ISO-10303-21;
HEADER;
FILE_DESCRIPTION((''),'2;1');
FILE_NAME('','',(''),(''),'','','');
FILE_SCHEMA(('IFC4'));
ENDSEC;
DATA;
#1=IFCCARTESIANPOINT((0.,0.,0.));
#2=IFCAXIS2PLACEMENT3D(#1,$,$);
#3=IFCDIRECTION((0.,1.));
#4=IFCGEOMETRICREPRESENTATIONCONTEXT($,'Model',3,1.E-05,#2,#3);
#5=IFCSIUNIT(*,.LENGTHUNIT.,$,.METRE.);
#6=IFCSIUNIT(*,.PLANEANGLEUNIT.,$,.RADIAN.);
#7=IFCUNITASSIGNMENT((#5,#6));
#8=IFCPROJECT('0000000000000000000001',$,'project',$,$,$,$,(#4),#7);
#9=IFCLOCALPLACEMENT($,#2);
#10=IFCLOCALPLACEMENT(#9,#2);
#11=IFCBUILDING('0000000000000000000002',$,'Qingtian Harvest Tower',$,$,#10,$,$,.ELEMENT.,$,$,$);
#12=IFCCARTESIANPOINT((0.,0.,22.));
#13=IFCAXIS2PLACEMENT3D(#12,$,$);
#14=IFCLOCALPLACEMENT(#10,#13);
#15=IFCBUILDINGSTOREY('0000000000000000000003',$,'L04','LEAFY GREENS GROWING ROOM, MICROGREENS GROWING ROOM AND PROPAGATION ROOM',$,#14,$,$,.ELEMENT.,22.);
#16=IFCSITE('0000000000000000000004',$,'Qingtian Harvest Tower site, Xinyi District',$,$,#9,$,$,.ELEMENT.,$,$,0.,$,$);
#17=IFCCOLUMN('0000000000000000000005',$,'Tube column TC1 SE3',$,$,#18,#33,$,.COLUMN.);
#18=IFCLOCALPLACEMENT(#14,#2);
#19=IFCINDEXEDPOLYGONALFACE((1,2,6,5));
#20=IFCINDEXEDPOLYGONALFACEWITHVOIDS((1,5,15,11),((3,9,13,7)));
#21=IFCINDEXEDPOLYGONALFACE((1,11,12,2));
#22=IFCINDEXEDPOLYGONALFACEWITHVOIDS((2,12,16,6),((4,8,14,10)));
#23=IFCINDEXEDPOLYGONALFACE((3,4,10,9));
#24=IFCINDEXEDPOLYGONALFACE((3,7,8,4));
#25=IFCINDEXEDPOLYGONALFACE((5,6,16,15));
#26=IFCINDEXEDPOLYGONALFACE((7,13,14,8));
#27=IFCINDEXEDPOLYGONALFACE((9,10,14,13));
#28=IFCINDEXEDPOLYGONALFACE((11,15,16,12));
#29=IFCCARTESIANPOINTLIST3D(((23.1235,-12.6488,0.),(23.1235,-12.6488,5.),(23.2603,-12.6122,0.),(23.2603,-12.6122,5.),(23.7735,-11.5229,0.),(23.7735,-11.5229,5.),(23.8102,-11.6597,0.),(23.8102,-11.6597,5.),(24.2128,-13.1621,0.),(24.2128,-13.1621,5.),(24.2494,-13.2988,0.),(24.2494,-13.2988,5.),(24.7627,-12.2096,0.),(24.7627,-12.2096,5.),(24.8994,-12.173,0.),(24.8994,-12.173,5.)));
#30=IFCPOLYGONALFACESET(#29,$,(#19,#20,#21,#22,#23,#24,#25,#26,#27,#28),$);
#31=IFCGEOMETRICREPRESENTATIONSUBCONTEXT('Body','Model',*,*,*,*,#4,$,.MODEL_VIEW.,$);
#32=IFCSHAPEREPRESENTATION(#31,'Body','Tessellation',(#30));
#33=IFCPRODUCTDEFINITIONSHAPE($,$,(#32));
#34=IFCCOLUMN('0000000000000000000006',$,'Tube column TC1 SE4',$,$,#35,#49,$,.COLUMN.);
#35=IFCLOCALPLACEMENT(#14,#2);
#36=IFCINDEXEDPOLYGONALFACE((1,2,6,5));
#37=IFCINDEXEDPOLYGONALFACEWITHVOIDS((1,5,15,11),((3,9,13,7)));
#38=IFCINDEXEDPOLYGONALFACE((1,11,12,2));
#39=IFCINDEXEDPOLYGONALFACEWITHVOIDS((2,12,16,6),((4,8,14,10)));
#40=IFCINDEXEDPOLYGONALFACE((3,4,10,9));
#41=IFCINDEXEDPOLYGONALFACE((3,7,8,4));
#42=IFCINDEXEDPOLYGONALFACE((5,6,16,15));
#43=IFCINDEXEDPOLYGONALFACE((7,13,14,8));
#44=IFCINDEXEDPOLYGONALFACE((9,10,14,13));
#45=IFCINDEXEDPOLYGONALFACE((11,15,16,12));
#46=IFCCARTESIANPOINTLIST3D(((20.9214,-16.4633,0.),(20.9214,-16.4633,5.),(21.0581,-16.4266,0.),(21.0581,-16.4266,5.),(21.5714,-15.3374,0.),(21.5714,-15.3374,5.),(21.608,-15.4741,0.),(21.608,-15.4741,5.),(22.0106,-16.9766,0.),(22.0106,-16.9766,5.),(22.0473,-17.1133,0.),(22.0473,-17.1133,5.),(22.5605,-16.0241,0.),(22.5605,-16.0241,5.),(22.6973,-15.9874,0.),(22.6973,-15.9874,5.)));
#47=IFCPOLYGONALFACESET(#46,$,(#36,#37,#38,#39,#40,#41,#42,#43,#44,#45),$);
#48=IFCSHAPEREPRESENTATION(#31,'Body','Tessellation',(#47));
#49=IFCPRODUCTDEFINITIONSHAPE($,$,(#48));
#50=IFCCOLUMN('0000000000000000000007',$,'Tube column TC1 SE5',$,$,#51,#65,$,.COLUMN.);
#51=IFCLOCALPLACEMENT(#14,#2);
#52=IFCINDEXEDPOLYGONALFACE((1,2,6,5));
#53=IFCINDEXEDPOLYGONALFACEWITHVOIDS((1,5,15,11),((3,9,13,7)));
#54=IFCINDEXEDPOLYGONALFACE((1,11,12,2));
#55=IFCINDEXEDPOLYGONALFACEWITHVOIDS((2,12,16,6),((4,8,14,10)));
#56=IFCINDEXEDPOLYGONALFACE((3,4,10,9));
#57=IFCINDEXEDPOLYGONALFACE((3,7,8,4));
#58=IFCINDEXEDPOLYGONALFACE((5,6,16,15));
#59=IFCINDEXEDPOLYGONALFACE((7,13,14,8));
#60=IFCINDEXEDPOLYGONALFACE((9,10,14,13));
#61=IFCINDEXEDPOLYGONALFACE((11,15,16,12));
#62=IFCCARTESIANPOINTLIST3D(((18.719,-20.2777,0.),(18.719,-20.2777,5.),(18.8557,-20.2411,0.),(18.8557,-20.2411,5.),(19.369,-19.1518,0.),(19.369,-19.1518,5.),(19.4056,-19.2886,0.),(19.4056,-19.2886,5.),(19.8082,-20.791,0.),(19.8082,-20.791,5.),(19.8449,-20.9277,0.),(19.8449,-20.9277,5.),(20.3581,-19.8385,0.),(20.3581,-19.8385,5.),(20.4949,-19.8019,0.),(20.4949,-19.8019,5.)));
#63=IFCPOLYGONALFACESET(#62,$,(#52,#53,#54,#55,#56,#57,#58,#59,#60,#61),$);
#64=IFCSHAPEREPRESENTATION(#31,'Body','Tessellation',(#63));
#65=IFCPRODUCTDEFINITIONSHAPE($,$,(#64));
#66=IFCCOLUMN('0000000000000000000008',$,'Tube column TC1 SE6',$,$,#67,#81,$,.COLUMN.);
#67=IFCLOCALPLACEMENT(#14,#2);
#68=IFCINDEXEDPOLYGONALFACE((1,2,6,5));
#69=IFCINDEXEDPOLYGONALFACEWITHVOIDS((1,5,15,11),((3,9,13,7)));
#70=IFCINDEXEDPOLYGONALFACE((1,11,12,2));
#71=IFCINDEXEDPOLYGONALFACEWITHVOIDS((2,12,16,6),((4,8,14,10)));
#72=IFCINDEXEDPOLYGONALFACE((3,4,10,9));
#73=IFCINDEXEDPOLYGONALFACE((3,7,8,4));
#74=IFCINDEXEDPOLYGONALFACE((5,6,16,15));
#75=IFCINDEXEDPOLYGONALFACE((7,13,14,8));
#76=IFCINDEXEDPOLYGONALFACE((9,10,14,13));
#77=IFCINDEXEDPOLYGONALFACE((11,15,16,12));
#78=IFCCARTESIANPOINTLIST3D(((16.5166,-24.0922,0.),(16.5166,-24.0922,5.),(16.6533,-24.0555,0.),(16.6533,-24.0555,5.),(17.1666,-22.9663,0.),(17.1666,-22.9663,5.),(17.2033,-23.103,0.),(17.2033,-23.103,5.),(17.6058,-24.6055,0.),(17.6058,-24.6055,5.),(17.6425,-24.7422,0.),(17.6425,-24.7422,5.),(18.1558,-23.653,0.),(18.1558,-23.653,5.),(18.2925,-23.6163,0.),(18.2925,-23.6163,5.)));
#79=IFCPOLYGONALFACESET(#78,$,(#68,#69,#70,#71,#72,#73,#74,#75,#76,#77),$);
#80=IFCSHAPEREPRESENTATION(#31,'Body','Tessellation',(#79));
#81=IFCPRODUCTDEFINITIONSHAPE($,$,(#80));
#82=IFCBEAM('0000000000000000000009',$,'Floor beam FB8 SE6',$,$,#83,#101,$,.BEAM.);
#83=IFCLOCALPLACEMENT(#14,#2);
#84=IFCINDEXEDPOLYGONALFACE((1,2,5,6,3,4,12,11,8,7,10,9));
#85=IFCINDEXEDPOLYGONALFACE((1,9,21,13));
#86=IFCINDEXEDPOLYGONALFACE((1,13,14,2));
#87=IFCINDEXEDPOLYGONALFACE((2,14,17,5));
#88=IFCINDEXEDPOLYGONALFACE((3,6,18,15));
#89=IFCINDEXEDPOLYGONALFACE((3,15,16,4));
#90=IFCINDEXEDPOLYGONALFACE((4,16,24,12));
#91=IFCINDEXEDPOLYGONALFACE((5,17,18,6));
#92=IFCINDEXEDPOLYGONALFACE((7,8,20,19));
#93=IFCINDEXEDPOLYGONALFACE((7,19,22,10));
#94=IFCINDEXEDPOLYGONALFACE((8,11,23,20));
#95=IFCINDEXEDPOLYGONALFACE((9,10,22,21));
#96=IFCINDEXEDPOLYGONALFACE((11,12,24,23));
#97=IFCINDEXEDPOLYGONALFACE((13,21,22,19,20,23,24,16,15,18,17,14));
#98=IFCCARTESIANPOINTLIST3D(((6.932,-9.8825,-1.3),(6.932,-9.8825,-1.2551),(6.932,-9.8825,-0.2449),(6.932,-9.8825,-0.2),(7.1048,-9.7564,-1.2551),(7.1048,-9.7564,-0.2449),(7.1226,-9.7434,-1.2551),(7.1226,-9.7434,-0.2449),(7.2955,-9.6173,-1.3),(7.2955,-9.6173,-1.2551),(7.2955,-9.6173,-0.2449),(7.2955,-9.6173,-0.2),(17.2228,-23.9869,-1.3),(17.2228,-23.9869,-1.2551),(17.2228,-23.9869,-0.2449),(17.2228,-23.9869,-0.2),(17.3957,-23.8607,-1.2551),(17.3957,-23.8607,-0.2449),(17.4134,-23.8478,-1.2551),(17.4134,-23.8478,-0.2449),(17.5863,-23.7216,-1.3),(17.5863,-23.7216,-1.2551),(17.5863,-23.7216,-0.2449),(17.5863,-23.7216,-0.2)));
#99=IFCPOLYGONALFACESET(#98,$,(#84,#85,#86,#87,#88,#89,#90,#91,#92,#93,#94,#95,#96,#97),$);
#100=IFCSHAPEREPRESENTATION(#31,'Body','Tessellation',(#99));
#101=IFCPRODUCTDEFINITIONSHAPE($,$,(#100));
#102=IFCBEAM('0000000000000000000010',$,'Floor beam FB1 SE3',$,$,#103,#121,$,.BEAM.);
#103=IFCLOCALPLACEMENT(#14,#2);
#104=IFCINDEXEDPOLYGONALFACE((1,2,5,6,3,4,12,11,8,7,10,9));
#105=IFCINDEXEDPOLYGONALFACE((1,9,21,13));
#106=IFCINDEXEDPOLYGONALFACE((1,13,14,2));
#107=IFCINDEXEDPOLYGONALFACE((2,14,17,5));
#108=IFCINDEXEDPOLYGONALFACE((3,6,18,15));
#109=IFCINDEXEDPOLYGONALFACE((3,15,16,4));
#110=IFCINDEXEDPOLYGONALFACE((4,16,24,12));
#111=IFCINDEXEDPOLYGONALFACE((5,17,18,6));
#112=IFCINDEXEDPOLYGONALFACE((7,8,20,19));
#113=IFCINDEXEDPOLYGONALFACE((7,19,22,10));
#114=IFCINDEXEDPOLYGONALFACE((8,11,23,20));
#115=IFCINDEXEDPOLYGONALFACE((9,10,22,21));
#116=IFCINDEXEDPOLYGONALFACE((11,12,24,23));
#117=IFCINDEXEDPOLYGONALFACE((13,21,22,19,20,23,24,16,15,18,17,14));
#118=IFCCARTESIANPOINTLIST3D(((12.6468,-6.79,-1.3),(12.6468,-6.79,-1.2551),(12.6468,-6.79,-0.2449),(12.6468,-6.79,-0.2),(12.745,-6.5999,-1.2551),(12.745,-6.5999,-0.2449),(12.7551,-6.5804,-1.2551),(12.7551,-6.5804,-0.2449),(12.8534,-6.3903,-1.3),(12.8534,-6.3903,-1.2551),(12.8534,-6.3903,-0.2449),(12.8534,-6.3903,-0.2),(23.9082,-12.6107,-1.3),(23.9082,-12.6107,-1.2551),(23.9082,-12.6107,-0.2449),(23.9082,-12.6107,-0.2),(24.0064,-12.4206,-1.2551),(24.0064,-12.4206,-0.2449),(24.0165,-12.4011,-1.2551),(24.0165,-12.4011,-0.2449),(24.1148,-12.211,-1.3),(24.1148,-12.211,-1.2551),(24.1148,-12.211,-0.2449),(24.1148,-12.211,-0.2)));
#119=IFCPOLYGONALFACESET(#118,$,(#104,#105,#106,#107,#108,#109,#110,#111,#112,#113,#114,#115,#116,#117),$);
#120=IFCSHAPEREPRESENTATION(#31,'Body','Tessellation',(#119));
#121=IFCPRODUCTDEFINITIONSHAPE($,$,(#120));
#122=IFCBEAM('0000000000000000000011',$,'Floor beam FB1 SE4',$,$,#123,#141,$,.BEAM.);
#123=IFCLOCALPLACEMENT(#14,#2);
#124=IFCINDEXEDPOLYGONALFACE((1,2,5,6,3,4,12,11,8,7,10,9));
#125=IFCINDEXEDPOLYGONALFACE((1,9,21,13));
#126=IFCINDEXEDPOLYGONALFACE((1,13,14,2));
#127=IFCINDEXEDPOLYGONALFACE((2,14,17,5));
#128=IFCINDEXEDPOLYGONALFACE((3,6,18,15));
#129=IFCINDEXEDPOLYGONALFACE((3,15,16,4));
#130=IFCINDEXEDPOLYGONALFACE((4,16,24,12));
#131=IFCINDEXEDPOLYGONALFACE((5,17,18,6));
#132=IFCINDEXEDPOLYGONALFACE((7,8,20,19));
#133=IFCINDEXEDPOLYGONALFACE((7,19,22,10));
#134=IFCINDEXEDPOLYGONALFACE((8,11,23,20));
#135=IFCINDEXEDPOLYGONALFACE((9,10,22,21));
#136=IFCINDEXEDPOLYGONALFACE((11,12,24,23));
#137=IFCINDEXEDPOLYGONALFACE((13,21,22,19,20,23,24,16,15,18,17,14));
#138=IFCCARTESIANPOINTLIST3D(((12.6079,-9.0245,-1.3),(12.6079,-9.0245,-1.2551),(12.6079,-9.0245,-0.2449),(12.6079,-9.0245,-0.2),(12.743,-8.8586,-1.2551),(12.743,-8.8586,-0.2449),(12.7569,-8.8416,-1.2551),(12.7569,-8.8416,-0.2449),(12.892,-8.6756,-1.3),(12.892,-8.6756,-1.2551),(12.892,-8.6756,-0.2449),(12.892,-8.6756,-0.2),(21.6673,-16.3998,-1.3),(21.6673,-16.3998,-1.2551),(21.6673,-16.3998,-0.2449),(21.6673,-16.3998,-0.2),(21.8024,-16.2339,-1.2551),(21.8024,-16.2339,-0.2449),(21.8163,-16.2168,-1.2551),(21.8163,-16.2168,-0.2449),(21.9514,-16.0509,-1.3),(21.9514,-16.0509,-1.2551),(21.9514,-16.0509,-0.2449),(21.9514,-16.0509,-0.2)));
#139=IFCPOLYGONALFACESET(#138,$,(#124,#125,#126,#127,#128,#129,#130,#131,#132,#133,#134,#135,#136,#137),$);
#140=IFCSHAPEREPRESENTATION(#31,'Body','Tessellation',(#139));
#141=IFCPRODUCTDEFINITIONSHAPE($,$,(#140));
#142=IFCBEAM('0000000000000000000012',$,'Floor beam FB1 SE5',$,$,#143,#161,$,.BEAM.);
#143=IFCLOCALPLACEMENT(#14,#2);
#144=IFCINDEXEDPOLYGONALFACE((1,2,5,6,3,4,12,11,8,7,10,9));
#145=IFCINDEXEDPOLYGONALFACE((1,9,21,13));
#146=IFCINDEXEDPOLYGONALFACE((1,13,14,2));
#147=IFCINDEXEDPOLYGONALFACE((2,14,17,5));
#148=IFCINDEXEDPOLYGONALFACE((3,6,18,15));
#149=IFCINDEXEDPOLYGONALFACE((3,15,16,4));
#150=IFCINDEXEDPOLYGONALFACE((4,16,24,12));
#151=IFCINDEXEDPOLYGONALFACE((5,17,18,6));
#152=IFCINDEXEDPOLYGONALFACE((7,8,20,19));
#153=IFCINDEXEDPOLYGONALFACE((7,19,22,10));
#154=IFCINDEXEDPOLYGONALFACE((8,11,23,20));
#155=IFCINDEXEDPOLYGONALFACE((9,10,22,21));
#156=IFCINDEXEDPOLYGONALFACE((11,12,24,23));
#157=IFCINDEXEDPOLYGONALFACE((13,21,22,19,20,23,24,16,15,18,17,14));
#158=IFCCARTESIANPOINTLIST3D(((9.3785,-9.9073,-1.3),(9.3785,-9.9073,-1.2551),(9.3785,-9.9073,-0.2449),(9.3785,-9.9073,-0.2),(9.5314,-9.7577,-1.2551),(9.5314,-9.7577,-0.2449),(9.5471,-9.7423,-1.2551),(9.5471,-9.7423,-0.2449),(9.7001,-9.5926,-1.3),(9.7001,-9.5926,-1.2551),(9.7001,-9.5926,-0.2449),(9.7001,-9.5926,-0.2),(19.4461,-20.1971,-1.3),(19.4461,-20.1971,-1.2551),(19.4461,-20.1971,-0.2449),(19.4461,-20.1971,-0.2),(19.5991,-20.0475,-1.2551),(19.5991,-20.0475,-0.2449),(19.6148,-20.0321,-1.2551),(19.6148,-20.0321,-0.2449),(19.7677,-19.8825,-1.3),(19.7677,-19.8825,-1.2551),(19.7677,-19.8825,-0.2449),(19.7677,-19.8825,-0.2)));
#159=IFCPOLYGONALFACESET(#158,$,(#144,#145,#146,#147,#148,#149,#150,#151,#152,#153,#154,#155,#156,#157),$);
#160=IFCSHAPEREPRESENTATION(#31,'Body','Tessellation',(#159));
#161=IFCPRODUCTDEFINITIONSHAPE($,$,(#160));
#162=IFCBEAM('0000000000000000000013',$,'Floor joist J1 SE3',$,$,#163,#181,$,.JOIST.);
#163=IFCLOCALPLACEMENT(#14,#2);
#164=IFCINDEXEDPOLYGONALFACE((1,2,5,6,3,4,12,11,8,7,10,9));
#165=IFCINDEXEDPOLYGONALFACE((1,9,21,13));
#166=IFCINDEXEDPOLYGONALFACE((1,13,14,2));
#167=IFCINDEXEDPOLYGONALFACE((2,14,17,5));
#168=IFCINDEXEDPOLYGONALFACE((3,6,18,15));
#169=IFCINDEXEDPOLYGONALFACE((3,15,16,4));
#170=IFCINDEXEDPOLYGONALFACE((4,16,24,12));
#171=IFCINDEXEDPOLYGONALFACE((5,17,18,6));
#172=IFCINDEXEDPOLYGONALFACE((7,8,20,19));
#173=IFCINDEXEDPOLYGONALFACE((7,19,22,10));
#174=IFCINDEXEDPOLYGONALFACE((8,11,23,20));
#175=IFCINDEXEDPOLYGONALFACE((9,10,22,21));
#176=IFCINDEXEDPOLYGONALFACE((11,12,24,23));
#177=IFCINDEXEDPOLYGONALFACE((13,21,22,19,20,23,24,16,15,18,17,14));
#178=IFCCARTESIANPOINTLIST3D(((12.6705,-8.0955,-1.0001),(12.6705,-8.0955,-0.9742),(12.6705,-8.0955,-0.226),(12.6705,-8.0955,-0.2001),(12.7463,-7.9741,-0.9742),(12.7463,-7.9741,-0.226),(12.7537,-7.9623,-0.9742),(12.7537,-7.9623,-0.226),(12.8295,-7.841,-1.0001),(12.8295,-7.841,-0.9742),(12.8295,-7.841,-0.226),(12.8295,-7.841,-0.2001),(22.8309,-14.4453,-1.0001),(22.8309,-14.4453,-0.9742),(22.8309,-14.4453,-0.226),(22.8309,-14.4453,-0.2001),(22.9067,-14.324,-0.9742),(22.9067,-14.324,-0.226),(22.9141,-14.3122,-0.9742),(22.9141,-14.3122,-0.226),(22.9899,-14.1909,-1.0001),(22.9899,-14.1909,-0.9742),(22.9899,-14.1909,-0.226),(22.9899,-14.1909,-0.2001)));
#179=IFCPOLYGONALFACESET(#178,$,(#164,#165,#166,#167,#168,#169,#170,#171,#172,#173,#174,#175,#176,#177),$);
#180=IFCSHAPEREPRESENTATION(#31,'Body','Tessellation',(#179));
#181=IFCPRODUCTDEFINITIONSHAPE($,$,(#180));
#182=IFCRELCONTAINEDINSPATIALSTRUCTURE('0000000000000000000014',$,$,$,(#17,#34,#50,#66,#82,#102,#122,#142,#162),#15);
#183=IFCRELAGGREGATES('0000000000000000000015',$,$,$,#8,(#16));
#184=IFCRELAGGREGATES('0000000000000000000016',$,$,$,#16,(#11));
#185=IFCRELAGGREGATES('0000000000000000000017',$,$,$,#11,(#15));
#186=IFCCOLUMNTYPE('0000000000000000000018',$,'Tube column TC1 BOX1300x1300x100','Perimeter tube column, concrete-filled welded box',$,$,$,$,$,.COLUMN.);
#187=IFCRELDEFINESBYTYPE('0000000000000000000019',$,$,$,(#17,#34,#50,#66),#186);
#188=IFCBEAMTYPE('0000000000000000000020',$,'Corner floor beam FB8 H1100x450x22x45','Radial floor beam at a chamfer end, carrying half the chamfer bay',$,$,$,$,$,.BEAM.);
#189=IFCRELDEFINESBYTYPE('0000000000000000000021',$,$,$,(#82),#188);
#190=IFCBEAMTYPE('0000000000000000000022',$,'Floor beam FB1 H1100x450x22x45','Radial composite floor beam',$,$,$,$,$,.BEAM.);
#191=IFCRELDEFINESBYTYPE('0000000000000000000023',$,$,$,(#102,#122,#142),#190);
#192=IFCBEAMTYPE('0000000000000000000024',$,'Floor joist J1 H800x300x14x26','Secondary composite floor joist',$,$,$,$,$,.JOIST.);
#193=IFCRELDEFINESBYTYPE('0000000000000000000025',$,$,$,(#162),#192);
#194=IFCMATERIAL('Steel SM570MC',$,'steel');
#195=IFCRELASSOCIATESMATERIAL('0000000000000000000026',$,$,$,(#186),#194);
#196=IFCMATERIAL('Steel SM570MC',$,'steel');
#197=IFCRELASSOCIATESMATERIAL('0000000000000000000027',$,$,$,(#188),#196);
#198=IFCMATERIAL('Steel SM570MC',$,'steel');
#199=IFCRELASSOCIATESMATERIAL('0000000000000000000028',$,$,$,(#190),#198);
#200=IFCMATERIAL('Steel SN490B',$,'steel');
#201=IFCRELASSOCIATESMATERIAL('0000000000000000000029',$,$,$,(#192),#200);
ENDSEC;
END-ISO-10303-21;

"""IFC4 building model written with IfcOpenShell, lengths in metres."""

from ifc_helpers import new_model, si_unit, direction, frame, origin, origin_2d, place, context, subcontext, project, spatial, hollow_rectangle, i_section, extrude, material, material_profile, profile_set, type_object, element, save


model = new_model("IFC4")

# Units and contexts
model_context = context("Model", 3, precision=1e-05, world=origin(), true_north=direction((0.0, 1.0)))
body_context = subcontext(model_context, "Body", "Model", "MODEL_VIEW")
ifc_project = project(units=[si_unit("LENGTHUNIT", "METRE"), si_unit("PLANEANGLEUNIT", "RADIAN")], contexts=[model_context])

# Site, building, storey
site_placement = place(None, origin())
site = spatial("IfcSite", under=ifc_project, at=site_placement, Name="Qingtian Harvest Tower site, Xinyi District", CompositionType="ELEMENT", RefElevation=0.0)
building_placement = place(site_placement, origin())
building = spatial("IfcBuilding", under=site, at=building_placement, Name="Qingtian Harvest Tower", CompositionType="ELEMENT")
storey_placement = place(building_placement, frame((0.0, 0.0, 22.0)))
storey = spatial("IfcBuildingStorey", under=building, at=storey_placement, Name="L04", Description="LEAFY GREENS GROWING ROOM, MICROGREENS GROWING ROOM AND PROPAGATION ROOM", CompositionType="ELEMENT", Elevation=22.0)

# Columns
ifc_material_1 = material(Name="Steel SM570MC", Category="steel")
ifc_material_profile_1 = material_profile(ifc_material_1, hollow_rectangle(XDim=1.3, YDim=1.3, WallThickness=0.1001, at=origin_2d()), Name="BOX1300x1300x100")
ifc_profile_set_1 = profile_set([ifc_material_profile_1], Name="Steel SM570MC")
column_type = type_object("IfcColumnType", Name="Tube column TC1 BOX1300x1300x100", Description="Perimeter tube column, concrete-filled welded box", PredefinedType="COLUMN", material=ifc_profile_set_1)
for number, where, z_axis, x_axis, name in (
    (1, (24.0115, -12.4109, 0.0), (0.0, 0.0, 1.0), (0.5, 0.866025, 0.0), "Tube column TC1 SE3"),
    (2, (21.8093, -16.2253, 0.0), (0.0, 0.0, 1.0), (0.5, 0.866025, 0.0), "Tube column TC1 SE4"),
    (3, (19.6069, -20.0398, 0.0), (0.0, 0.0, 1.0), (0.5, 0.866025, 0.0), "Tube column TC1 SE5"),
    (4, (17.4045, -23.8542, 0.0), (0.0, 0.0, 1.0), (0.5, 0.866025, 0.0), "Tube column TC1 SE6"),
):
    element("IfcColumn", number, at=place(storey_placement, frame(where, z_axis=z_axis, x_axis=x_axis)), inside=storey, type_object=column_type, Name=name, PredefinedType="COLUMN", context=body_context, shape_type="SweptSolid", body=[
        extrude(hollow_rectangle(XDim=1.3, YDim=1.3, WallThickness=0.1001, at=origin_2d()), origin(), (0.0, 0.0, 1.0), 5.0),
    ])

# Beams
ifc_material_2 = material(Name="Steel SM570MC", Category="steel")
ifc_material_profile_2 = material_profile(ifc_material_2, i_section(OverallWidth=0.45, OverallDepth=1.1001, WebThickness=0.022, FlangeThickness=0.0449, at=origin_2d()), Name="H1100x450x22x45")
ifc_profile_set_2 = profile_set([ifc_material_profile_2], Name="Steel SM570MC")
beam_type_1 = type_object("IfcBeamType", Name="Corner floor beam FB8 H1100x450x22x45", Description="Radial floor beam at a chamfer end, carrying half the chamfer bay", PredefinedType="BEAM", material=ifc_profile_set_2)
beam_1_placement = place(storey_placement, frame((17.4045, -23.8542, -0.75), z_axis=(-0.589412, 0.807832, 0.0), x_axis=(-0.807832, -0.589412, 0.0)))
element("IfcBeam", 5, at=beam_1_placement, inside=storey, type_object=beam_type_1, Name="Floor beam FB8 SE6", PredefinedType="BEAM", context=body_context, shape_type="SweptSolid", body=[
    extrude(i_section(OverallWidth=0.45, OverallDepth=1.1001, WebThickness=0.022, FlangeThickness=0.0449, at=origin_2d()), origin(), (0.0, 0.0, 1.0), 17.4595),
])
ifc_material_3 = material(Name="Steel SM570MC", Category="steel")
ifc_material_profile_3 = material_profile(ifc_material_3, i_section(OverallWidth=0.45, OverallDepth=1.1001, WebThickness=0.022, FlangeThickness=0.0449, at=origin_2d()), Name="H1100x450x22x45")
ifc_profile_set_3 = profile_set([ifc_material_profile_3], Name="Steel SM570MC")
beam_type_2 = type_object("IfcBeamType", Name="Floor beam FB1 H1100x450x22x45", Description="Radial composite floor beam", PredefinedType="BEAM", material=ifc_profile_set_3)
beam_2_placement = place(storey_placement, frame((24.0115, -12.4109, -0.75), z_axis=(-0.88835, 0.459168, 0.0), x_axis=(-0.459168, -0.88835, 0.0)))
element("IfcBeam", 6, at=beam_2_placement, inside=storey, type_object=beam_type_2, Name="Floor beam FB1 SE3", PredefinedType="BEAM", context=body_context, shape_type="SweptSolid", body=[
    extrude(i_section(OverallWidth=0.45, OverallDepth=1.1001, WebThickness=0.022, FlangeThickness=0.0449, at=origin_2d()), origin(), (0.0, 0.0, 1.0), 12.6768),
])
beam_3_placement = place(storey_placement, frame((21.8093, -16.2253, -0.75), z_axis=(-0.775504, 0.631342, 0.0), x_axis=(-0.631342, -0.775504, 0.0)))
element("IfcBeam", 7, at=beam_3_placement, inside=storey, type_object=beam_type_2, Name="Floor beam FB1 SE4", PredefinedType="BEAM", context=body_context, shape_type="SweptSolid", body=[
    extrude(i_section(OverallWidth=0.45, OverallDepth=1.1001, WebThickness=0.022, FlangeThickness=0.0449, at=origin_2d()), origin(), (0.0, 0.0, 1.0), 11.6819),
])
beam_4_placement = place(storey_placement, frame((19.6069, -20.0398, -0.75), z_axis=(-0.699348, 0.714781, 0.0), x_axis=(-0.714781, -0.699348, 0.0)))
element("IfcBeam", 8, at=beam_4_placement, inside=storey, type_object=beam_type_2, Name="Floor beam FB1 SE5", PredefinedType="BEAM", context=body_context, shape_type="SweptSolid", body=[
    extrude(i_section(OverallWidth=0.45, OverallDepth=1.1001, WebThickness=0.022, FlangeThickness=0.0449, at=origin_2d()), origin(), (0.0, 0.0, 1.0), 14.3958),
])
ifc_material_4 = material(Name="Steel SN490B", Category="steel")
ifc_material_profile_4 = material_profile(ifc_material_4, i_section(OverallWidth=0.3, OverallDepth=0.8, WebThickness=0.0139, FlangeThickness=0.0259, at=origin_2d()), Name="H800x300x14x26")
ifc_profile_set_4 = profile_set([ifc_material_profile_4], Name="Steel SN490B")
beam_type_3 = type_object("IfcBeamType", Name="Floor joist J1 H800x300x14x26", Description="Secondary composite floor joist", PredefinedType="JOIST", material=ifc_profile_set_4)
beam_5_placement = place(storey_placement, frame((22.9104, -14.3181, -0.6001), z_axis=(-0.848013, 0.529975, 0.0), x_axis=(-0.529975, -0.848013, 0.0)))
element("IfcBeam", 9, at=beam_5_placement, inside=storey, type_object=beam_type_3, Name="Floor joist J1 SE3", PredefinedType="JOIST", context=body_context, shape_type="SweptSolid", body=[
    extrude(i_section(OverallWidth=0.3, OverallDepth=0.8, WebThickness=0.0139, FlangeThickness=0.0259, at=origin_2d()), origin(), (0.0, 0.0, 1.0), 11.9814),
])

save(model, "model.ifc")
